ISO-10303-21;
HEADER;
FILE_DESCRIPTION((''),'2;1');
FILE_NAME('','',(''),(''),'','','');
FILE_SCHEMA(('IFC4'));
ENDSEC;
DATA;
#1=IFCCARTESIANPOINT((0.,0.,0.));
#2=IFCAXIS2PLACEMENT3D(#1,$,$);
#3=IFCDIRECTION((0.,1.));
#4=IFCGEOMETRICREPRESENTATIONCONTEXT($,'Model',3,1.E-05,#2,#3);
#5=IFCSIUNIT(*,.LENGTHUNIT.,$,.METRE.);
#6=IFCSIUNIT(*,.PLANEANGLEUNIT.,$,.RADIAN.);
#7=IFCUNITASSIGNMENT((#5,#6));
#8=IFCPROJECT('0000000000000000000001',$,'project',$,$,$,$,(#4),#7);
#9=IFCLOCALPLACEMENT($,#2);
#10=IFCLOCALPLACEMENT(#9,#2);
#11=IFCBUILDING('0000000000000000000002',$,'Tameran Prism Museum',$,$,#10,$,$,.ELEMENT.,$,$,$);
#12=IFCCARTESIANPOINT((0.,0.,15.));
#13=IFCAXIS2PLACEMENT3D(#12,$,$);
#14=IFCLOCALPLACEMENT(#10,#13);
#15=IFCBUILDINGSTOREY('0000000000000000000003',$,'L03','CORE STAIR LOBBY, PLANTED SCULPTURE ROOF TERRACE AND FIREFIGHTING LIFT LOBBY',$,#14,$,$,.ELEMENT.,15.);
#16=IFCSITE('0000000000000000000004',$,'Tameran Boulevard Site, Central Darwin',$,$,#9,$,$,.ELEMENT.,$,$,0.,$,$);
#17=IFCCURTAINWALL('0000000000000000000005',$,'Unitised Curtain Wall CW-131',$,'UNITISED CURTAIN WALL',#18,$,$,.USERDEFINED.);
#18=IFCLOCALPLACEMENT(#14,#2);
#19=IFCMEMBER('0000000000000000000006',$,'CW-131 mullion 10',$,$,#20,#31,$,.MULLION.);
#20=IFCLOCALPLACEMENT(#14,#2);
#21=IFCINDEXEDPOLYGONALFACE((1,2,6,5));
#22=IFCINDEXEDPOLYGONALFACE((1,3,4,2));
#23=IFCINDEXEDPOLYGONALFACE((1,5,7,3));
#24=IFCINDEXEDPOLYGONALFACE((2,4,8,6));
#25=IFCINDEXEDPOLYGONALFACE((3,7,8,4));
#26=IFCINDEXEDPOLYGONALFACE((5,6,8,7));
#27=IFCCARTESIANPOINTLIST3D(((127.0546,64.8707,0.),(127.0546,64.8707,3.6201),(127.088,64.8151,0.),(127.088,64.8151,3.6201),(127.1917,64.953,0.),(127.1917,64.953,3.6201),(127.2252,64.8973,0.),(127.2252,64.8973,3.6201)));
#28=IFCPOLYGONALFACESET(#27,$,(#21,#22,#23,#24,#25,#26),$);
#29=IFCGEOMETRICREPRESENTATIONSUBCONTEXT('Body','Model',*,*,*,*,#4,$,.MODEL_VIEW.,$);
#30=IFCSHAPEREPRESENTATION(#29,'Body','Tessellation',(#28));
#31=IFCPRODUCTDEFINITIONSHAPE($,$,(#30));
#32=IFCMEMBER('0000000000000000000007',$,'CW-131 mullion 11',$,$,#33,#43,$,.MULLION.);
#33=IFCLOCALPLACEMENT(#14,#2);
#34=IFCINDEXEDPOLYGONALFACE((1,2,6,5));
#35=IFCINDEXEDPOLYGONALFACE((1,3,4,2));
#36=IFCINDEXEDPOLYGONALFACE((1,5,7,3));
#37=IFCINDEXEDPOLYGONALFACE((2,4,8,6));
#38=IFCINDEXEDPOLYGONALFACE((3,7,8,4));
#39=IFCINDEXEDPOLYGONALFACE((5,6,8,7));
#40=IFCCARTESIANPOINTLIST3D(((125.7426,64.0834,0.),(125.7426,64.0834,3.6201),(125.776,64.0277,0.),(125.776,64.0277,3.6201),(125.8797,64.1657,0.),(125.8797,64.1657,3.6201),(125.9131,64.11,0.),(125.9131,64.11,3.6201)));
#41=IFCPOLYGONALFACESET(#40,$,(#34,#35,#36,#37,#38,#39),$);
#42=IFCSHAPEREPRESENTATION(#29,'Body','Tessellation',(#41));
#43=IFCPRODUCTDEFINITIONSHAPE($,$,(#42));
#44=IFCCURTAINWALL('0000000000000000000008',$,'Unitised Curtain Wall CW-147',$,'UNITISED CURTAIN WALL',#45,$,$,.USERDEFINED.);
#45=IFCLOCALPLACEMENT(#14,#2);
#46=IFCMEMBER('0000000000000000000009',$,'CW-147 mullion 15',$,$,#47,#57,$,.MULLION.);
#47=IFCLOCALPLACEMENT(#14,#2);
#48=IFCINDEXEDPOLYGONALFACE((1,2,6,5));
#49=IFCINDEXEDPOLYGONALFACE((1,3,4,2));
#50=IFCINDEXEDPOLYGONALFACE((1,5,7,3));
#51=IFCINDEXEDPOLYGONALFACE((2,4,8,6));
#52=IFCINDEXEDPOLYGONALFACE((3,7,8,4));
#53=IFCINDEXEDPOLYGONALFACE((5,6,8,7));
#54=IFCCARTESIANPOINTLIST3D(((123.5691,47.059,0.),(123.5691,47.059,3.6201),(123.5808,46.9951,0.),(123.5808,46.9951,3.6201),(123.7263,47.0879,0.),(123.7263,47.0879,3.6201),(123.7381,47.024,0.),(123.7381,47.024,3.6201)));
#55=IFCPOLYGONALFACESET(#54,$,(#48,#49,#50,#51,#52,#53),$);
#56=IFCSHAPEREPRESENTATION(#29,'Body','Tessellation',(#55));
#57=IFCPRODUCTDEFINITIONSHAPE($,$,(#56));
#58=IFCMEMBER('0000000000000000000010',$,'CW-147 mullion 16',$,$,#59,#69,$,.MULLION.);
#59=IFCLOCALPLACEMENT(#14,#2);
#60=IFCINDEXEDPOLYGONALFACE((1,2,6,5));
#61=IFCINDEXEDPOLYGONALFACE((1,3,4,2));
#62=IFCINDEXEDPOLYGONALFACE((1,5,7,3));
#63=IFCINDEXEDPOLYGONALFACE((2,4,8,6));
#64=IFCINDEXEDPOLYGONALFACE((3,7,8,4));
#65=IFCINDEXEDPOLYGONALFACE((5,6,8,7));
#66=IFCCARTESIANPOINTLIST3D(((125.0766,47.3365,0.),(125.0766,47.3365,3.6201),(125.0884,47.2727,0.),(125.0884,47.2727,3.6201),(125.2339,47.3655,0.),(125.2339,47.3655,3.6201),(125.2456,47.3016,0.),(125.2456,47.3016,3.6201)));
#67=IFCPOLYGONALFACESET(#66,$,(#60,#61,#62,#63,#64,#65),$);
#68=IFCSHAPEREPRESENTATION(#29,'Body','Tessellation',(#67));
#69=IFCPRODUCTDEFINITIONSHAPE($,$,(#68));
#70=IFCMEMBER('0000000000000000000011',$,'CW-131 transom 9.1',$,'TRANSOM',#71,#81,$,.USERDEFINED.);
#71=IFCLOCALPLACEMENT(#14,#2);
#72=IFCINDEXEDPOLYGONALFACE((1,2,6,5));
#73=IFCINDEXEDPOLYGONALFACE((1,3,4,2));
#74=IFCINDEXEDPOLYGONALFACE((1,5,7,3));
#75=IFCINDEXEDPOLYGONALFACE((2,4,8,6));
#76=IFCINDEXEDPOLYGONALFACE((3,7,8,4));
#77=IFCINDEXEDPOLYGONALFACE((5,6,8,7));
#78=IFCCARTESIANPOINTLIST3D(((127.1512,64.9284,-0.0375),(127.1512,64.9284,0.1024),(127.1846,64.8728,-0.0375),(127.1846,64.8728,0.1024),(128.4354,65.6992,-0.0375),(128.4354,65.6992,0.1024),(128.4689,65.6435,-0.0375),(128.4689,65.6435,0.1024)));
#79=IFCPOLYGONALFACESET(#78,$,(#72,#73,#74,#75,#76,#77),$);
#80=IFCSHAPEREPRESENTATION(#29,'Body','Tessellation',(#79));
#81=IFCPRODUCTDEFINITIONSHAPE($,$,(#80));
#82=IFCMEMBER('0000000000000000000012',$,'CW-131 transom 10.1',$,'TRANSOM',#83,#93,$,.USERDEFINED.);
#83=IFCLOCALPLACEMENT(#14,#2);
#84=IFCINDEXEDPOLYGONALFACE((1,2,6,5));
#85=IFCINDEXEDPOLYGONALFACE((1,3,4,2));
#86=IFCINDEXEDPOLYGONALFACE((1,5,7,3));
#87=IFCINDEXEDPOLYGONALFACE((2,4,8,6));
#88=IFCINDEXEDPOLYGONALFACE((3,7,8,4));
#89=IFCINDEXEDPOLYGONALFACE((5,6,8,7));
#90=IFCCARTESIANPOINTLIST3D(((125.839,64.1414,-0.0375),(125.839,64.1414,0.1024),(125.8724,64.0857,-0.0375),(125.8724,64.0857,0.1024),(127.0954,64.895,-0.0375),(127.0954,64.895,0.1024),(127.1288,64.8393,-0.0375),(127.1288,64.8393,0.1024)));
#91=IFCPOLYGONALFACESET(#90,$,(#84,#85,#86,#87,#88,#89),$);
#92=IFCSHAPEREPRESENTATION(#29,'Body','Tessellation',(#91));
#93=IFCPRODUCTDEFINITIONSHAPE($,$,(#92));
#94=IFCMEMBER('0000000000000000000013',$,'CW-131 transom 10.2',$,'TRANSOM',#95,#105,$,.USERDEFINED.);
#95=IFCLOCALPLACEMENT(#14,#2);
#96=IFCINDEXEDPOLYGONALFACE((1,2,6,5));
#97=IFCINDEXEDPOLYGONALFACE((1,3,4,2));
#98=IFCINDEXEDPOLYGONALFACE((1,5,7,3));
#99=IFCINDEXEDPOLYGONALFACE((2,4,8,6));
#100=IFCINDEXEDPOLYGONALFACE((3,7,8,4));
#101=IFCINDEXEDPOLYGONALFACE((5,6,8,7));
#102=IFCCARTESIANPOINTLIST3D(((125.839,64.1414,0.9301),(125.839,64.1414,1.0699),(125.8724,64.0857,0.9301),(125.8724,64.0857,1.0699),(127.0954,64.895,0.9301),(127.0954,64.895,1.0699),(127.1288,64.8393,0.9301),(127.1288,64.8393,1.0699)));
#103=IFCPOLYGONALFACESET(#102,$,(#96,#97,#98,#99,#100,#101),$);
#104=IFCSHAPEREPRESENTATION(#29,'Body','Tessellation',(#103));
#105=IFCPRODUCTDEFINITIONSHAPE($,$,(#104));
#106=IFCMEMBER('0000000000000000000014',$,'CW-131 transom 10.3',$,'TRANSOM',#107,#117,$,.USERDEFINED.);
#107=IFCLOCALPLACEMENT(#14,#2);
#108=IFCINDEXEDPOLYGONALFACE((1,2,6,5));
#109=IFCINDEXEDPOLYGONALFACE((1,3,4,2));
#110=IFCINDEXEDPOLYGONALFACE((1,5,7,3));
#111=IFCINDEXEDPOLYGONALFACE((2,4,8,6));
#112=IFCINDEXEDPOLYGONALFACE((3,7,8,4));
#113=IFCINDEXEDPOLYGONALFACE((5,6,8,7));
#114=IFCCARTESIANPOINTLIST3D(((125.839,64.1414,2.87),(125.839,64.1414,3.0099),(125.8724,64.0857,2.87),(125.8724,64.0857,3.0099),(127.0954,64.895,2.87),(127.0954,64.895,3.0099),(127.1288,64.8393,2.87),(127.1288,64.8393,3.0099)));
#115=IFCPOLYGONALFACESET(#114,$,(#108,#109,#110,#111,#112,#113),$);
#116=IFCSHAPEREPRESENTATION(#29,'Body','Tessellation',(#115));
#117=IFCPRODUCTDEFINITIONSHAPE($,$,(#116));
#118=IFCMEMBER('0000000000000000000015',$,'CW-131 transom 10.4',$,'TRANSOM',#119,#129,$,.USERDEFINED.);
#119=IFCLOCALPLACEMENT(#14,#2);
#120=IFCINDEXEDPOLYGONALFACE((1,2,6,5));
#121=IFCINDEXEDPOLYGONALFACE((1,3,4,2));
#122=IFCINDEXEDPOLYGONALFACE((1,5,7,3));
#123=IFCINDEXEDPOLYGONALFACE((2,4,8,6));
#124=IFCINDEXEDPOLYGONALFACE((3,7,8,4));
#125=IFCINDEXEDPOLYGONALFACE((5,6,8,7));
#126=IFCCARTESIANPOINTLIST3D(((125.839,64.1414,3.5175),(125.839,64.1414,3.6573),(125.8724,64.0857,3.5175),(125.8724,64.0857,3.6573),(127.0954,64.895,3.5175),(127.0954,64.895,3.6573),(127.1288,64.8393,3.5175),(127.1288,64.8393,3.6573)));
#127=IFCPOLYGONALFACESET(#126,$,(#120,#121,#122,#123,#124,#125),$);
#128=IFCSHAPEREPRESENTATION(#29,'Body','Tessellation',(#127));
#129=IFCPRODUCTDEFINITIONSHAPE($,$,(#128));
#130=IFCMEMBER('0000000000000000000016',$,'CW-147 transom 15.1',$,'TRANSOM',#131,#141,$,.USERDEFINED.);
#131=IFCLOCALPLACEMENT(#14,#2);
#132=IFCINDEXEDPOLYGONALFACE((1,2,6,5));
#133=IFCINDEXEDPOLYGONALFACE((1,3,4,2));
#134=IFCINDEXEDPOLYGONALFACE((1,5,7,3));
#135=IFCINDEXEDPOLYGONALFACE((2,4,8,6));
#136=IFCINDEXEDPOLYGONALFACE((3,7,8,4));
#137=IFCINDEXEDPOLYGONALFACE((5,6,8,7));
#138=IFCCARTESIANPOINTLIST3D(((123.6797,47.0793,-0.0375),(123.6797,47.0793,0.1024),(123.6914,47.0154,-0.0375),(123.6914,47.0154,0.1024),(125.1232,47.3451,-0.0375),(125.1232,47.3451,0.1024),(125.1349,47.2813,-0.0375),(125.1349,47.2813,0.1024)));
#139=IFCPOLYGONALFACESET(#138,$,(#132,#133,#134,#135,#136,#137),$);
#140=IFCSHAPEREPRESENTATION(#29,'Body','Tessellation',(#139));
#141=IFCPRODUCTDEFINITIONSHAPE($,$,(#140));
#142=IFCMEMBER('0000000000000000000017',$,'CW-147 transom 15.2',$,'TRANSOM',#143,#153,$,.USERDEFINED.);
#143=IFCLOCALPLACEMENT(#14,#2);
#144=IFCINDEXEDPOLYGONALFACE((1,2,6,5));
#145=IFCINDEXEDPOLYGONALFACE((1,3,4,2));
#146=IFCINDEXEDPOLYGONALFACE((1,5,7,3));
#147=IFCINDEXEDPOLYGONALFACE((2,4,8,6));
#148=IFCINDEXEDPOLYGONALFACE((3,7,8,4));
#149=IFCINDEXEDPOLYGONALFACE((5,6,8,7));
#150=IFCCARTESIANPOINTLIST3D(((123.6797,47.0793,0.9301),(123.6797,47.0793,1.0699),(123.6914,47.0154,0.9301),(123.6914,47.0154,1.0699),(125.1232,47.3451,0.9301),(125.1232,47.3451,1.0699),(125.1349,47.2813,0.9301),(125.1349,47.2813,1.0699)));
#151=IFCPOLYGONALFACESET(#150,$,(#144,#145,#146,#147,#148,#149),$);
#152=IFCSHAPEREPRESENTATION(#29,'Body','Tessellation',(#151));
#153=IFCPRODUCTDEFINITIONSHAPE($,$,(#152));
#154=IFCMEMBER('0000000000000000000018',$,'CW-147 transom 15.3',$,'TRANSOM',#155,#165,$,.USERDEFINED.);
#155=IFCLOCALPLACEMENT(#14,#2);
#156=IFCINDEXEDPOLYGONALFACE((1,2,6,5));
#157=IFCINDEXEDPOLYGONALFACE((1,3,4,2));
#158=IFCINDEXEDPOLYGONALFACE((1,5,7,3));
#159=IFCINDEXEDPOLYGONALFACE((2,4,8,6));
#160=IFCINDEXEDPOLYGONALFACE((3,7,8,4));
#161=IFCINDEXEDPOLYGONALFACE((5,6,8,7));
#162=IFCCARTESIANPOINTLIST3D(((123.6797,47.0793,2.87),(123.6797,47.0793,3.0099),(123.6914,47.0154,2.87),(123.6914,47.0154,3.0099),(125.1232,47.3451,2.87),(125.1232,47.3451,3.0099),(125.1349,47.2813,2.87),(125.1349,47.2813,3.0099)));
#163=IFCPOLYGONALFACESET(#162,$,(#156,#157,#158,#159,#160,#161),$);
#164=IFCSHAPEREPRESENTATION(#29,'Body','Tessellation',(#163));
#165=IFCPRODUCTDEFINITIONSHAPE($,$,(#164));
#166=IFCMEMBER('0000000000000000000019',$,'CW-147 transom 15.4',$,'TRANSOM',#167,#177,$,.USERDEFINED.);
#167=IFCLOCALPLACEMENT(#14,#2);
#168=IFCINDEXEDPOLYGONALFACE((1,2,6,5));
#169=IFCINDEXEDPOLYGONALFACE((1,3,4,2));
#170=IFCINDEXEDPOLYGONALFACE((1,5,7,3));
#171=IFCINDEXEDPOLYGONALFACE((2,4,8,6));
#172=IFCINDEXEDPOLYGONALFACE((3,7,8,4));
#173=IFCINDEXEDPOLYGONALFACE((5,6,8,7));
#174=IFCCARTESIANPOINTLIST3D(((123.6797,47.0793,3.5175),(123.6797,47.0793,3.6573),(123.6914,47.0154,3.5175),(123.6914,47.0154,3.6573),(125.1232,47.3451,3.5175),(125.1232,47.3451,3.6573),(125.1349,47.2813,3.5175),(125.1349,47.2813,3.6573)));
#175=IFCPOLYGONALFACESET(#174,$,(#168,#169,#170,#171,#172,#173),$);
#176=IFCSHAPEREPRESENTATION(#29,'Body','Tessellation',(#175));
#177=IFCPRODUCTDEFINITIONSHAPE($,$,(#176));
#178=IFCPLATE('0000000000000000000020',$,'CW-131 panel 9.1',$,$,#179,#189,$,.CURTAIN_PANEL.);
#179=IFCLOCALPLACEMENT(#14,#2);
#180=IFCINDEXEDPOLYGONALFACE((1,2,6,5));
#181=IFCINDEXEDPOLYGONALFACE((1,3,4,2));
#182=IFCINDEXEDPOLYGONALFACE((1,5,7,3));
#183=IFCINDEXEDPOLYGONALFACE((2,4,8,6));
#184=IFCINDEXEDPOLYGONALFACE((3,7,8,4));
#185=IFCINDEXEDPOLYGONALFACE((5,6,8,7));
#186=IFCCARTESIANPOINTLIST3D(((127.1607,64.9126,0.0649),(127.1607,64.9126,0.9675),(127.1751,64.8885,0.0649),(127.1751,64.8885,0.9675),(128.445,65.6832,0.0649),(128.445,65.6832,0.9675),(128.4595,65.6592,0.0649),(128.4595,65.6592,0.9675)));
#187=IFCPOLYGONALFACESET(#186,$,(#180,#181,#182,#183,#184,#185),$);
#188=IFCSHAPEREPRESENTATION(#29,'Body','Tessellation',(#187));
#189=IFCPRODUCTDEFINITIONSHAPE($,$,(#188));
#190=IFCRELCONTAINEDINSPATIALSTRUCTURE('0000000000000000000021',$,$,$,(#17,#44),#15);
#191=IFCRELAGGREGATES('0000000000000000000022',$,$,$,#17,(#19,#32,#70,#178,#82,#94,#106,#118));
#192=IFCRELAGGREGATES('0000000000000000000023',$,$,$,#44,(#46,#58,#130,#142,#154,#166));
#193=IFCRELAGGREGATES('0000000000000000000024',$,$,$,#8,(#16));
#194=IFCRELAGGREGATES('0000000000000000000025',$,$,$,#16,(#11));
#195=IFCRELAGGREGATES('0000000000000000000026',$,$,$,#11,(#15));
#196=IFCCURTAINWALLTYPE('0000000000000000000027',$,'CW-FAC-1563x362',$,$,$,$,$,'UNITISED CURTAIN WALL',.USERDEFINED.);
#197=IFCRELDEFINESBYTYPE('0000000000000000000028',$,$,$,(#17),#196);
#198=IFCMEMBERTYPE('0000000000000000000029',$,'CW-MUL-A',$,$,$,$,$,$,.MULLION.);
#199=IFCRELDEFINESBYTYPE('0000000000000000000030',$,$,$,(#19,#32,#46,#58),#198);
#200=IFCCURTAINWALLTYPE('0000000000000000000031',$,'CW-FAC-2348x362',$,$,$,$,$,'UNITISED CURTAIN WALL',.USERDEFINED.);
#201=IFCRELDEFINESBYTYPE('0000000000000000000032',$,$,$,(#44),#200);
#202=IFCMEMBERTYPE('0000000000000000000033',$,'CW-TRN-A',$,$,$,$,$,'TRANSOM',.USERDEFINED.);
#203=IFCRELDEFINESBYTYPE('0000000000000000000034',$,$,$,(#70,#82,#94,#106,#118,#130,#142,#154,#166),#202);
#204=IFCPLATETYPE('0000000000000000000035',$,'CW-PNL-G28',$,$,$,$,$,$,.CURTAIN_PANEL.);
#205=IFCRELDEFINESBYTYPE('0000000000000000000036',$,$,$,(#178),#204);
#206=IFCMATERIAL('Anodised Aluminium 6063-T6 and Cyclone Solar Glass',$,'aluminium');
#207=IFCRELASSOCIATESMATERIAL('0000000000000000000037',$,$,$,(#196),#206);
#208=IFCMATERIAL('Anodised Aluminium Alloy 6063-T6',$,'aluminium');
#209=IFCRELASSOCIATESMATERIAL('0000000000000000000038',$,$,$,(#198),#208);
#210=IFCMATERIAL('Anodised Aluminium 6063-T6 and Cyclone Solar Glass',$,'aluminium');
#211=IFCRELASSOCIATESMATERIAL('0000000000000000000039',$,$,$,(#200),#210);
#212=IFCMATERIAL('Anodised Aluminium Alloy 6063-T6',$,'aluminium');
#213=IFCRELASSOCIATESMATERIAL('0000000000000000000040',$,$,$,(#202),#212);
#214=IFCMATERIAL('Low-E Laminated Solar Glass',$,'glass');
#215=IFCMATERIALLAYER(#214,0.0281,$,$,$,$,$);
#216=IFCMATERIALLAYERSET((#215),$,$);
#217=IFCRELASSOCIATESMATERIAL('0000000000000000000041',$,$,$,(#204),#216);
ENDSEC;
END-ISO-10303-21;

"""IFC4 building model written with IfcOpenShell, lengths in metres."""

from ifc_helpers import new_model, si_unit, direction, frame, origin, origin_2d, place, context, subcontext, project, spatial, rectangle, extrude, material, layer, layer_set, material_profile, profile_set, type_object, element, aggregate, save


model = new_model("IFC4")

# Units and contexts
model_context = context("Model", 3, precision=1e-05, world=origin(), true_north=direction((0.0, 1.0)))
body_context = subcontext(model_context, "Body", "Model", "MODEL_VIEW")
ifc_project = project(units=[si_unit("LENGTHUNIT", "METRE"), si_unit("PLANEANGLEUNIT", "RADIAN")], contexts=[model_context])

# Site, building, storey
site_placement = place(None, origin())
site = spatial("IfcSite", under=ifc_project, at=site_placement, Name="Tameran Boulevard Site, Central Darwin", CompositionType="ELEMENT", RefElevation=0.0)
building_placement = place(site_placement, origin())
building = spatial("IfcBuilding", under=site, at=building_placement, Name="Tameran Prism Museum", CompositionType="ELEMENT")
storey_placement = place(building_placement, frame((0.0, 0.0, 15.0)))
storey = spatial("IfcBuildingStorey", under=building, at=storey_placement, Name="L03", Description="CORE STAIR LOBBY, PLANTED SCULPTURE ROOF TERRACE AND FIREFIGHTING LIFT LOBBY", CompositionType="ELEMENT", Elevation=15.0)

# Curtain walls, members
ifc_material_1 = material(Name="Anodised Aluminium 6063-T6 and Cyclone Solar Glass", Category="aluminium")
curtain_wall_type_1 = type_object("IfcCurtainWallType", Name="CW-FAC-1563x362", ElementType="UNITISED CURTAIN WALL", PredefinedType="USERDEFINED", material=ifc_material_1)
curtain_wall_1_placement = place(storey_placement, origin())
curtain_wall_1 = element("IfcCurtainWall", 1, at=curtain_wall_1_placement, inside=storey, type_object=curtain_wall_type_1, Name="Unitised Curtain Wall CW-131", ObjectType="UNITISED CURTAIN WALL", PredefinedType="USERDEFINED")
ifc_material_2 = material(Name="Anodised Aluminium Alloy 6063-T6", Category="aluminium")
ifc_material_profile_1 = material_profile(ifc_material_2, rectangle(XDim=0.0649, YDim=0.1599, at=origin_2d()))
ifc_profile_set_1 = profile_set([ifc_material_profile_1])
member_type_1 = type_object("IfcMemberType", Name="CW-MUL-A", PredefinedType="MULLION", material=ifc_profile_set_1)
member_1_placement = place(storey_placement, frame((127.1399, 64.884, 0.0), z_axis=(0.0, 0.0, 1.0), x_axis=(0.514496, -0.857493, 0.0)))
member_1 = element("IfcMember", 2, at=member_1_placement, type_object=member_type_1, Name="CW-131 mullion 10", PredefinedType="MULLION", context=body_context, shape_type="SweptSolid", body=[
    extrude(rectangle(XDim=0.0649, YDim=0.1599, at=origin_2d()), origin(), (0.0, 0.0, 1.0), 3.6201),
])
member_2_placement = place(storey_placement, frame((125.8279, 64.0967, 0.0), z_axis=(0.0, 0.0, 1.0), x_axis=(0.514496, -0.857493, 0.0)))
member_2 = element("IfcMember", 3, at=member_2_placement, type_object=member_type_1, Name="CW-131 mullion 11", PredefinedType="MULLION", context=body_context, shape_type="SweptSolid", body=[
    extrude(rectangle(XDim=0.0649, YDim=0.1599, at=origin_2d()), origin(), (0.0, 0.0, 1.0), 3.6201),
])
ifc_material_3 = material(Name="Anodised Aluminium 6063-T6 and Cyclone Solar Glass", Category="aluminium")
curtain_wall_type_2 = type_object("IfcCurtainWallType", Name="CW-FAC-2348x362", ElementType="UNITISED CURTAIN WALL", PredefinedType="USERDEFINED", material=ifc_material_3)
curtain_wall_2_placement = place(storey_placement, origin())
curtain_wall_2 = element("IfcCurtainWall", 4, at=curtain_wall_2_placement, inside=storey, type_object=curtain_wall_type_2, Name="Unitised Curtain Wall CW-147", ObjectType="UNITISED CURTAIN WALL", PredefinedType="USERDEFINED")
member_3_placement = place(storey_placement, frame((123.6536, 47.0415, 0.0), z_axis=(0.0, 0.0, 1.0), x_axis=(-0.181063, 0.983472, 0.0)))
member_3 = element("IfcMember", 5, at=member_3_placement, type_object=member_type_1, Name="CW-147 mullion 15", PredefinedType="MULLION", context=body_context, shape_type="SweptSolid", body=[
    extrude(rectangle(XDim=0.0649, YDim=0.1599, at=origin_2d()), origin(), (0.0, 0.0, 1.0), 3.6201),
])
member_4_placement = place(storey_placement, frame((125.1611, 47.3191, 0.0), z_axis=(0.0, 0.0, 1.0), x_axis=(-0.181063, 0.983472, 0.0)))
member_4 = element("IfcMember", 6, at=member_4_placement, type_object=member_type_1, Name="CW-147 mullion 16", PredefinedType="MULLION", context=body_context, shape_type="SweptSolid", body=[
    extrude(rectangle(XDim=0.0649, YDim=0.1599, at=origin_2d()), origin(), (0.0, 0.0, 1.0), 3.6201),
])

# Members
ifc_material_4 = material(Name="Anodised Aluminium Alloy 6063-T6", Category="aluminium")
ifc_material_profile_2 = material_profile(ifc_material_4, rectangle(XDim=0.0649, YDim=0.1399, at=origin_2d()))
ifc_profile_set_2 = profile_set([ifc_material_profile_2])
member_type_2 = type_object("IfcMemberType", Name="CW-TRN-A", ElementType="TRANSOM", PredefinedType="USERDEFINED", material=ifc_profile_set_2)
member_5_placement = place(storey_placement, frame((128.4521, 65.6714, 0.0325), z_axis=(-0.857421, -0.514616, 0.0), x_axis=(0.514616, -0.857421, 0.0)))
member_5 = element("IfcMember", 7, at=member_5_placement, type_object=member_type_2, Name="CW-131 transom 9.1", ObjectType="TRANSOM", PredefinedType="USERDEFINED", context=body_context, shape_type="SweptSolid", body=[
    extrude(rectangle(XDim=0.0649, YDim=0.1399, at=origin_2d()), origin(), (0.0, 0.0, 1.0), 1.4978),
])
member_6_placement = place(storey_placement, frame((127.1121, 64.8672, 0.0325), z_axis=(-0.857537, -0.514422, 0.0), x_axis=(0.514422, -0.857537, 0.0)))
member_6 = element("IfcMember", 8, at=member_6_placement, type_object=member_type_2, Name="CW-131 transom 10.1", ObjectType="TRANSOM", PredefinedType="USERDEFINED", context=body_context, shape_type="SweptSolid", body=[
    extrude(rectangle(XDim=0.0649, YDim=0.1399, at=origin_2d()), origin(), (0.0, 0.0, 1.0), 1.4651),
])
member_7_placement = place(storey_placement, frame((127.1121, 64.8672, 1.0), z_axis=(-0.857537, -0.514422, 0.0), x_axis=(0.514422, -0.857537, 0.0)))
member_7 = element("IfcMember", 9, at=member_7_placement, type_object=member_type_2, Name="CW-131 transom 10.2", ObjectType="TRANSOM", PredefinedType="USERDEFINED", context=body_context, shape_type="SweptSolid", body=[
    extrude(rectangle(XDim=0.0649, YDim=0.1399, at=origin_2d()), origin(), (0.0, 0.0, 1.0), 1.4651),
])
member_8_placement = place(storey_placement, frame((127.1121, 64.8672, 2.9399), z_axis=(-0.857537, -0.514422, 0.0), x_axis=(0.514422, -0.857537, 0.0)))
member_8 = element("IfcMember", 10, at=member_8_placement, type_object=member_type_2, Name="CW-131 transom 10.3", ObjectType="TRANSOM", PredefinedType="USERDEFINED", context=body_context, shape_type="SweptSolid", body=[
    extrude(rectangle(XDim=0.0649, YDim=0.1399, at=origin_2d()), origin(), (0.0, 0.0, 1.0), 1.4651),
])
member_9_placement = place(storey_placement, frame((127.1121, 64.8672, 3.5874), z_axis=(-0.857537, -0.514422, 0.0), x_axis=(0.514422, -0.857537, 0.0)))
member_9 = element("IfcMember", 11, at=member_9_placement, type_object=member_type_2, Name="CW-131 transom 10.4", ObjectType="TRANSOM", PredefinedType="USERDEFINED", context=body_context, shape_type="SweptSolid", body=[
    extrude(rectangle(XDim=0.0649, YDim=0.1399, at=origin_2d()), origin(), (0.0, 0.0, 1.0), 1.4651),
])
member_10_placement = place(storey_placement, frame((123.6855, 47.0474, 0.0325), z_axis=(0.98346, 0.181124, 0.0), x_axis=(-0.181124, 0.98346, 0.0)))
member_10 = element("IfcMember", 12, at=member_10_placement, type_object=member_type_2, Name="CW-147 transom 15.1", ObjectType="TRANSOM", PredefinedType="USERDEFINED", context=body_context, shape_type="SweptSolid", body=[
    extrude(rectangle(XDim=0.0649, YDim=0.1399, at=origin_2d()), origin(), (0.0, 0.0, 1.0), 1.4678),
])
member_11_placement = place(storey_placement, frame((123.6855, 47.0474, 1.0), z_axis=(0.98346, 0.181124, 0.0), x_axis=(-0.181124, 0.98346, 0.0)))
member_11 = element("IfcMember", 13, at=member_11_placement, type_object=member_type_2, Name="CW-147 transom 15.2", ObjectType="TRANSOM", PredefinedType="USERDEFINED", context=body_context, shape_type="SweptSolid", body=[
    extrude(rectangle(XDim=0.0649, YDim=0.1399, at=origin_2d()), origin(), (0.0, 0.0, 1.0), 1.4678),
])
member_12_placement = place(storey_placement, frame((123.6855, 47.0474, 2.9399), z_axis=(0.98346, 0.181124, 0.0), x_axis=(-0.181124, 0.98346, 0.0)))
member_12 = element("IfcMember", 14, at=member_12_placement, type_object=member_type_2, Name="CW-147 transom 15.3", ObjectType="TRANSOM", PredefinedType="USERDEFINED", context=body_context, shape_type="SweptSolid", body=[
    extrude(rectangle(XDim=0.0649, YDim=0.1399, at=origin_2d()), origin(), (0.0, 0.0, 1.0), 1.4678),
])
member_13_placement = place(storey_placement, frame((123.6855, 47.0474, 3.5874), z_axis=(0.98346, 0.181124, 0.0), x_axis=(-0.181124, 0.98346, 0.0)))
member_13 = element("IfcMember", 15, at=member_13_placement, type_object=member_type_2, Name="CW-147 transom 15.4", ObjectType="TRANSOM", PredefinedType="USERDEFINED", context=body_context, shape_type="SweptSolid", body=[
    extrude(rectangle(XDim=0.0649, YDim=0.1399, at=origin_2d()), origin(), (0.0, 0.0, 1.0), 1.4678),
])

# Plate
ifc_material_5 = material(Name="Low-E Laminated Solar Glass", Category="glass")
ifc_layer_1 = layer(ifc_material_5, 0.0281)
ifc_layer_set_1 = layer_set([ifc_layer_1])
plate_type_1 = type_object("IfcPlateType", Name="CW-PNL-G28", PredefinedType="CURTAIN_PANEL", material=ifc_layer_set_1)
plate_1_placement = place(storey_placement, frame((127.8101, 65.2859, 0.0649), z_axis=(0.0, 0.0, 1.0), x_axis=(-0.857493, -0.514496, 0.0)))
plate_1 = element("IfcPlate", 16, at=plate_1_placement, type_object=plate_type_1, Name="CW-131 panel 9.1", PredefinedType="CURTAIN_PANEL", context=body_context, shape_type="SweptSolid", body=[
    extrude(rectangle(XDim=1.4978, YDim=0.0281, at=origin_2d()), origin(), (0.0, 0.0, 1.0), 0.9026),
])
aggregate(curtain_wall_1, [member_1, member_2, member_5, plate_1, member_6, member_7, member_8, member_9])
aggregate(curtain_wall_2, [member_3, member_4, member_10, member_11, member_12, member_13])

save(model, "model.ifc")
